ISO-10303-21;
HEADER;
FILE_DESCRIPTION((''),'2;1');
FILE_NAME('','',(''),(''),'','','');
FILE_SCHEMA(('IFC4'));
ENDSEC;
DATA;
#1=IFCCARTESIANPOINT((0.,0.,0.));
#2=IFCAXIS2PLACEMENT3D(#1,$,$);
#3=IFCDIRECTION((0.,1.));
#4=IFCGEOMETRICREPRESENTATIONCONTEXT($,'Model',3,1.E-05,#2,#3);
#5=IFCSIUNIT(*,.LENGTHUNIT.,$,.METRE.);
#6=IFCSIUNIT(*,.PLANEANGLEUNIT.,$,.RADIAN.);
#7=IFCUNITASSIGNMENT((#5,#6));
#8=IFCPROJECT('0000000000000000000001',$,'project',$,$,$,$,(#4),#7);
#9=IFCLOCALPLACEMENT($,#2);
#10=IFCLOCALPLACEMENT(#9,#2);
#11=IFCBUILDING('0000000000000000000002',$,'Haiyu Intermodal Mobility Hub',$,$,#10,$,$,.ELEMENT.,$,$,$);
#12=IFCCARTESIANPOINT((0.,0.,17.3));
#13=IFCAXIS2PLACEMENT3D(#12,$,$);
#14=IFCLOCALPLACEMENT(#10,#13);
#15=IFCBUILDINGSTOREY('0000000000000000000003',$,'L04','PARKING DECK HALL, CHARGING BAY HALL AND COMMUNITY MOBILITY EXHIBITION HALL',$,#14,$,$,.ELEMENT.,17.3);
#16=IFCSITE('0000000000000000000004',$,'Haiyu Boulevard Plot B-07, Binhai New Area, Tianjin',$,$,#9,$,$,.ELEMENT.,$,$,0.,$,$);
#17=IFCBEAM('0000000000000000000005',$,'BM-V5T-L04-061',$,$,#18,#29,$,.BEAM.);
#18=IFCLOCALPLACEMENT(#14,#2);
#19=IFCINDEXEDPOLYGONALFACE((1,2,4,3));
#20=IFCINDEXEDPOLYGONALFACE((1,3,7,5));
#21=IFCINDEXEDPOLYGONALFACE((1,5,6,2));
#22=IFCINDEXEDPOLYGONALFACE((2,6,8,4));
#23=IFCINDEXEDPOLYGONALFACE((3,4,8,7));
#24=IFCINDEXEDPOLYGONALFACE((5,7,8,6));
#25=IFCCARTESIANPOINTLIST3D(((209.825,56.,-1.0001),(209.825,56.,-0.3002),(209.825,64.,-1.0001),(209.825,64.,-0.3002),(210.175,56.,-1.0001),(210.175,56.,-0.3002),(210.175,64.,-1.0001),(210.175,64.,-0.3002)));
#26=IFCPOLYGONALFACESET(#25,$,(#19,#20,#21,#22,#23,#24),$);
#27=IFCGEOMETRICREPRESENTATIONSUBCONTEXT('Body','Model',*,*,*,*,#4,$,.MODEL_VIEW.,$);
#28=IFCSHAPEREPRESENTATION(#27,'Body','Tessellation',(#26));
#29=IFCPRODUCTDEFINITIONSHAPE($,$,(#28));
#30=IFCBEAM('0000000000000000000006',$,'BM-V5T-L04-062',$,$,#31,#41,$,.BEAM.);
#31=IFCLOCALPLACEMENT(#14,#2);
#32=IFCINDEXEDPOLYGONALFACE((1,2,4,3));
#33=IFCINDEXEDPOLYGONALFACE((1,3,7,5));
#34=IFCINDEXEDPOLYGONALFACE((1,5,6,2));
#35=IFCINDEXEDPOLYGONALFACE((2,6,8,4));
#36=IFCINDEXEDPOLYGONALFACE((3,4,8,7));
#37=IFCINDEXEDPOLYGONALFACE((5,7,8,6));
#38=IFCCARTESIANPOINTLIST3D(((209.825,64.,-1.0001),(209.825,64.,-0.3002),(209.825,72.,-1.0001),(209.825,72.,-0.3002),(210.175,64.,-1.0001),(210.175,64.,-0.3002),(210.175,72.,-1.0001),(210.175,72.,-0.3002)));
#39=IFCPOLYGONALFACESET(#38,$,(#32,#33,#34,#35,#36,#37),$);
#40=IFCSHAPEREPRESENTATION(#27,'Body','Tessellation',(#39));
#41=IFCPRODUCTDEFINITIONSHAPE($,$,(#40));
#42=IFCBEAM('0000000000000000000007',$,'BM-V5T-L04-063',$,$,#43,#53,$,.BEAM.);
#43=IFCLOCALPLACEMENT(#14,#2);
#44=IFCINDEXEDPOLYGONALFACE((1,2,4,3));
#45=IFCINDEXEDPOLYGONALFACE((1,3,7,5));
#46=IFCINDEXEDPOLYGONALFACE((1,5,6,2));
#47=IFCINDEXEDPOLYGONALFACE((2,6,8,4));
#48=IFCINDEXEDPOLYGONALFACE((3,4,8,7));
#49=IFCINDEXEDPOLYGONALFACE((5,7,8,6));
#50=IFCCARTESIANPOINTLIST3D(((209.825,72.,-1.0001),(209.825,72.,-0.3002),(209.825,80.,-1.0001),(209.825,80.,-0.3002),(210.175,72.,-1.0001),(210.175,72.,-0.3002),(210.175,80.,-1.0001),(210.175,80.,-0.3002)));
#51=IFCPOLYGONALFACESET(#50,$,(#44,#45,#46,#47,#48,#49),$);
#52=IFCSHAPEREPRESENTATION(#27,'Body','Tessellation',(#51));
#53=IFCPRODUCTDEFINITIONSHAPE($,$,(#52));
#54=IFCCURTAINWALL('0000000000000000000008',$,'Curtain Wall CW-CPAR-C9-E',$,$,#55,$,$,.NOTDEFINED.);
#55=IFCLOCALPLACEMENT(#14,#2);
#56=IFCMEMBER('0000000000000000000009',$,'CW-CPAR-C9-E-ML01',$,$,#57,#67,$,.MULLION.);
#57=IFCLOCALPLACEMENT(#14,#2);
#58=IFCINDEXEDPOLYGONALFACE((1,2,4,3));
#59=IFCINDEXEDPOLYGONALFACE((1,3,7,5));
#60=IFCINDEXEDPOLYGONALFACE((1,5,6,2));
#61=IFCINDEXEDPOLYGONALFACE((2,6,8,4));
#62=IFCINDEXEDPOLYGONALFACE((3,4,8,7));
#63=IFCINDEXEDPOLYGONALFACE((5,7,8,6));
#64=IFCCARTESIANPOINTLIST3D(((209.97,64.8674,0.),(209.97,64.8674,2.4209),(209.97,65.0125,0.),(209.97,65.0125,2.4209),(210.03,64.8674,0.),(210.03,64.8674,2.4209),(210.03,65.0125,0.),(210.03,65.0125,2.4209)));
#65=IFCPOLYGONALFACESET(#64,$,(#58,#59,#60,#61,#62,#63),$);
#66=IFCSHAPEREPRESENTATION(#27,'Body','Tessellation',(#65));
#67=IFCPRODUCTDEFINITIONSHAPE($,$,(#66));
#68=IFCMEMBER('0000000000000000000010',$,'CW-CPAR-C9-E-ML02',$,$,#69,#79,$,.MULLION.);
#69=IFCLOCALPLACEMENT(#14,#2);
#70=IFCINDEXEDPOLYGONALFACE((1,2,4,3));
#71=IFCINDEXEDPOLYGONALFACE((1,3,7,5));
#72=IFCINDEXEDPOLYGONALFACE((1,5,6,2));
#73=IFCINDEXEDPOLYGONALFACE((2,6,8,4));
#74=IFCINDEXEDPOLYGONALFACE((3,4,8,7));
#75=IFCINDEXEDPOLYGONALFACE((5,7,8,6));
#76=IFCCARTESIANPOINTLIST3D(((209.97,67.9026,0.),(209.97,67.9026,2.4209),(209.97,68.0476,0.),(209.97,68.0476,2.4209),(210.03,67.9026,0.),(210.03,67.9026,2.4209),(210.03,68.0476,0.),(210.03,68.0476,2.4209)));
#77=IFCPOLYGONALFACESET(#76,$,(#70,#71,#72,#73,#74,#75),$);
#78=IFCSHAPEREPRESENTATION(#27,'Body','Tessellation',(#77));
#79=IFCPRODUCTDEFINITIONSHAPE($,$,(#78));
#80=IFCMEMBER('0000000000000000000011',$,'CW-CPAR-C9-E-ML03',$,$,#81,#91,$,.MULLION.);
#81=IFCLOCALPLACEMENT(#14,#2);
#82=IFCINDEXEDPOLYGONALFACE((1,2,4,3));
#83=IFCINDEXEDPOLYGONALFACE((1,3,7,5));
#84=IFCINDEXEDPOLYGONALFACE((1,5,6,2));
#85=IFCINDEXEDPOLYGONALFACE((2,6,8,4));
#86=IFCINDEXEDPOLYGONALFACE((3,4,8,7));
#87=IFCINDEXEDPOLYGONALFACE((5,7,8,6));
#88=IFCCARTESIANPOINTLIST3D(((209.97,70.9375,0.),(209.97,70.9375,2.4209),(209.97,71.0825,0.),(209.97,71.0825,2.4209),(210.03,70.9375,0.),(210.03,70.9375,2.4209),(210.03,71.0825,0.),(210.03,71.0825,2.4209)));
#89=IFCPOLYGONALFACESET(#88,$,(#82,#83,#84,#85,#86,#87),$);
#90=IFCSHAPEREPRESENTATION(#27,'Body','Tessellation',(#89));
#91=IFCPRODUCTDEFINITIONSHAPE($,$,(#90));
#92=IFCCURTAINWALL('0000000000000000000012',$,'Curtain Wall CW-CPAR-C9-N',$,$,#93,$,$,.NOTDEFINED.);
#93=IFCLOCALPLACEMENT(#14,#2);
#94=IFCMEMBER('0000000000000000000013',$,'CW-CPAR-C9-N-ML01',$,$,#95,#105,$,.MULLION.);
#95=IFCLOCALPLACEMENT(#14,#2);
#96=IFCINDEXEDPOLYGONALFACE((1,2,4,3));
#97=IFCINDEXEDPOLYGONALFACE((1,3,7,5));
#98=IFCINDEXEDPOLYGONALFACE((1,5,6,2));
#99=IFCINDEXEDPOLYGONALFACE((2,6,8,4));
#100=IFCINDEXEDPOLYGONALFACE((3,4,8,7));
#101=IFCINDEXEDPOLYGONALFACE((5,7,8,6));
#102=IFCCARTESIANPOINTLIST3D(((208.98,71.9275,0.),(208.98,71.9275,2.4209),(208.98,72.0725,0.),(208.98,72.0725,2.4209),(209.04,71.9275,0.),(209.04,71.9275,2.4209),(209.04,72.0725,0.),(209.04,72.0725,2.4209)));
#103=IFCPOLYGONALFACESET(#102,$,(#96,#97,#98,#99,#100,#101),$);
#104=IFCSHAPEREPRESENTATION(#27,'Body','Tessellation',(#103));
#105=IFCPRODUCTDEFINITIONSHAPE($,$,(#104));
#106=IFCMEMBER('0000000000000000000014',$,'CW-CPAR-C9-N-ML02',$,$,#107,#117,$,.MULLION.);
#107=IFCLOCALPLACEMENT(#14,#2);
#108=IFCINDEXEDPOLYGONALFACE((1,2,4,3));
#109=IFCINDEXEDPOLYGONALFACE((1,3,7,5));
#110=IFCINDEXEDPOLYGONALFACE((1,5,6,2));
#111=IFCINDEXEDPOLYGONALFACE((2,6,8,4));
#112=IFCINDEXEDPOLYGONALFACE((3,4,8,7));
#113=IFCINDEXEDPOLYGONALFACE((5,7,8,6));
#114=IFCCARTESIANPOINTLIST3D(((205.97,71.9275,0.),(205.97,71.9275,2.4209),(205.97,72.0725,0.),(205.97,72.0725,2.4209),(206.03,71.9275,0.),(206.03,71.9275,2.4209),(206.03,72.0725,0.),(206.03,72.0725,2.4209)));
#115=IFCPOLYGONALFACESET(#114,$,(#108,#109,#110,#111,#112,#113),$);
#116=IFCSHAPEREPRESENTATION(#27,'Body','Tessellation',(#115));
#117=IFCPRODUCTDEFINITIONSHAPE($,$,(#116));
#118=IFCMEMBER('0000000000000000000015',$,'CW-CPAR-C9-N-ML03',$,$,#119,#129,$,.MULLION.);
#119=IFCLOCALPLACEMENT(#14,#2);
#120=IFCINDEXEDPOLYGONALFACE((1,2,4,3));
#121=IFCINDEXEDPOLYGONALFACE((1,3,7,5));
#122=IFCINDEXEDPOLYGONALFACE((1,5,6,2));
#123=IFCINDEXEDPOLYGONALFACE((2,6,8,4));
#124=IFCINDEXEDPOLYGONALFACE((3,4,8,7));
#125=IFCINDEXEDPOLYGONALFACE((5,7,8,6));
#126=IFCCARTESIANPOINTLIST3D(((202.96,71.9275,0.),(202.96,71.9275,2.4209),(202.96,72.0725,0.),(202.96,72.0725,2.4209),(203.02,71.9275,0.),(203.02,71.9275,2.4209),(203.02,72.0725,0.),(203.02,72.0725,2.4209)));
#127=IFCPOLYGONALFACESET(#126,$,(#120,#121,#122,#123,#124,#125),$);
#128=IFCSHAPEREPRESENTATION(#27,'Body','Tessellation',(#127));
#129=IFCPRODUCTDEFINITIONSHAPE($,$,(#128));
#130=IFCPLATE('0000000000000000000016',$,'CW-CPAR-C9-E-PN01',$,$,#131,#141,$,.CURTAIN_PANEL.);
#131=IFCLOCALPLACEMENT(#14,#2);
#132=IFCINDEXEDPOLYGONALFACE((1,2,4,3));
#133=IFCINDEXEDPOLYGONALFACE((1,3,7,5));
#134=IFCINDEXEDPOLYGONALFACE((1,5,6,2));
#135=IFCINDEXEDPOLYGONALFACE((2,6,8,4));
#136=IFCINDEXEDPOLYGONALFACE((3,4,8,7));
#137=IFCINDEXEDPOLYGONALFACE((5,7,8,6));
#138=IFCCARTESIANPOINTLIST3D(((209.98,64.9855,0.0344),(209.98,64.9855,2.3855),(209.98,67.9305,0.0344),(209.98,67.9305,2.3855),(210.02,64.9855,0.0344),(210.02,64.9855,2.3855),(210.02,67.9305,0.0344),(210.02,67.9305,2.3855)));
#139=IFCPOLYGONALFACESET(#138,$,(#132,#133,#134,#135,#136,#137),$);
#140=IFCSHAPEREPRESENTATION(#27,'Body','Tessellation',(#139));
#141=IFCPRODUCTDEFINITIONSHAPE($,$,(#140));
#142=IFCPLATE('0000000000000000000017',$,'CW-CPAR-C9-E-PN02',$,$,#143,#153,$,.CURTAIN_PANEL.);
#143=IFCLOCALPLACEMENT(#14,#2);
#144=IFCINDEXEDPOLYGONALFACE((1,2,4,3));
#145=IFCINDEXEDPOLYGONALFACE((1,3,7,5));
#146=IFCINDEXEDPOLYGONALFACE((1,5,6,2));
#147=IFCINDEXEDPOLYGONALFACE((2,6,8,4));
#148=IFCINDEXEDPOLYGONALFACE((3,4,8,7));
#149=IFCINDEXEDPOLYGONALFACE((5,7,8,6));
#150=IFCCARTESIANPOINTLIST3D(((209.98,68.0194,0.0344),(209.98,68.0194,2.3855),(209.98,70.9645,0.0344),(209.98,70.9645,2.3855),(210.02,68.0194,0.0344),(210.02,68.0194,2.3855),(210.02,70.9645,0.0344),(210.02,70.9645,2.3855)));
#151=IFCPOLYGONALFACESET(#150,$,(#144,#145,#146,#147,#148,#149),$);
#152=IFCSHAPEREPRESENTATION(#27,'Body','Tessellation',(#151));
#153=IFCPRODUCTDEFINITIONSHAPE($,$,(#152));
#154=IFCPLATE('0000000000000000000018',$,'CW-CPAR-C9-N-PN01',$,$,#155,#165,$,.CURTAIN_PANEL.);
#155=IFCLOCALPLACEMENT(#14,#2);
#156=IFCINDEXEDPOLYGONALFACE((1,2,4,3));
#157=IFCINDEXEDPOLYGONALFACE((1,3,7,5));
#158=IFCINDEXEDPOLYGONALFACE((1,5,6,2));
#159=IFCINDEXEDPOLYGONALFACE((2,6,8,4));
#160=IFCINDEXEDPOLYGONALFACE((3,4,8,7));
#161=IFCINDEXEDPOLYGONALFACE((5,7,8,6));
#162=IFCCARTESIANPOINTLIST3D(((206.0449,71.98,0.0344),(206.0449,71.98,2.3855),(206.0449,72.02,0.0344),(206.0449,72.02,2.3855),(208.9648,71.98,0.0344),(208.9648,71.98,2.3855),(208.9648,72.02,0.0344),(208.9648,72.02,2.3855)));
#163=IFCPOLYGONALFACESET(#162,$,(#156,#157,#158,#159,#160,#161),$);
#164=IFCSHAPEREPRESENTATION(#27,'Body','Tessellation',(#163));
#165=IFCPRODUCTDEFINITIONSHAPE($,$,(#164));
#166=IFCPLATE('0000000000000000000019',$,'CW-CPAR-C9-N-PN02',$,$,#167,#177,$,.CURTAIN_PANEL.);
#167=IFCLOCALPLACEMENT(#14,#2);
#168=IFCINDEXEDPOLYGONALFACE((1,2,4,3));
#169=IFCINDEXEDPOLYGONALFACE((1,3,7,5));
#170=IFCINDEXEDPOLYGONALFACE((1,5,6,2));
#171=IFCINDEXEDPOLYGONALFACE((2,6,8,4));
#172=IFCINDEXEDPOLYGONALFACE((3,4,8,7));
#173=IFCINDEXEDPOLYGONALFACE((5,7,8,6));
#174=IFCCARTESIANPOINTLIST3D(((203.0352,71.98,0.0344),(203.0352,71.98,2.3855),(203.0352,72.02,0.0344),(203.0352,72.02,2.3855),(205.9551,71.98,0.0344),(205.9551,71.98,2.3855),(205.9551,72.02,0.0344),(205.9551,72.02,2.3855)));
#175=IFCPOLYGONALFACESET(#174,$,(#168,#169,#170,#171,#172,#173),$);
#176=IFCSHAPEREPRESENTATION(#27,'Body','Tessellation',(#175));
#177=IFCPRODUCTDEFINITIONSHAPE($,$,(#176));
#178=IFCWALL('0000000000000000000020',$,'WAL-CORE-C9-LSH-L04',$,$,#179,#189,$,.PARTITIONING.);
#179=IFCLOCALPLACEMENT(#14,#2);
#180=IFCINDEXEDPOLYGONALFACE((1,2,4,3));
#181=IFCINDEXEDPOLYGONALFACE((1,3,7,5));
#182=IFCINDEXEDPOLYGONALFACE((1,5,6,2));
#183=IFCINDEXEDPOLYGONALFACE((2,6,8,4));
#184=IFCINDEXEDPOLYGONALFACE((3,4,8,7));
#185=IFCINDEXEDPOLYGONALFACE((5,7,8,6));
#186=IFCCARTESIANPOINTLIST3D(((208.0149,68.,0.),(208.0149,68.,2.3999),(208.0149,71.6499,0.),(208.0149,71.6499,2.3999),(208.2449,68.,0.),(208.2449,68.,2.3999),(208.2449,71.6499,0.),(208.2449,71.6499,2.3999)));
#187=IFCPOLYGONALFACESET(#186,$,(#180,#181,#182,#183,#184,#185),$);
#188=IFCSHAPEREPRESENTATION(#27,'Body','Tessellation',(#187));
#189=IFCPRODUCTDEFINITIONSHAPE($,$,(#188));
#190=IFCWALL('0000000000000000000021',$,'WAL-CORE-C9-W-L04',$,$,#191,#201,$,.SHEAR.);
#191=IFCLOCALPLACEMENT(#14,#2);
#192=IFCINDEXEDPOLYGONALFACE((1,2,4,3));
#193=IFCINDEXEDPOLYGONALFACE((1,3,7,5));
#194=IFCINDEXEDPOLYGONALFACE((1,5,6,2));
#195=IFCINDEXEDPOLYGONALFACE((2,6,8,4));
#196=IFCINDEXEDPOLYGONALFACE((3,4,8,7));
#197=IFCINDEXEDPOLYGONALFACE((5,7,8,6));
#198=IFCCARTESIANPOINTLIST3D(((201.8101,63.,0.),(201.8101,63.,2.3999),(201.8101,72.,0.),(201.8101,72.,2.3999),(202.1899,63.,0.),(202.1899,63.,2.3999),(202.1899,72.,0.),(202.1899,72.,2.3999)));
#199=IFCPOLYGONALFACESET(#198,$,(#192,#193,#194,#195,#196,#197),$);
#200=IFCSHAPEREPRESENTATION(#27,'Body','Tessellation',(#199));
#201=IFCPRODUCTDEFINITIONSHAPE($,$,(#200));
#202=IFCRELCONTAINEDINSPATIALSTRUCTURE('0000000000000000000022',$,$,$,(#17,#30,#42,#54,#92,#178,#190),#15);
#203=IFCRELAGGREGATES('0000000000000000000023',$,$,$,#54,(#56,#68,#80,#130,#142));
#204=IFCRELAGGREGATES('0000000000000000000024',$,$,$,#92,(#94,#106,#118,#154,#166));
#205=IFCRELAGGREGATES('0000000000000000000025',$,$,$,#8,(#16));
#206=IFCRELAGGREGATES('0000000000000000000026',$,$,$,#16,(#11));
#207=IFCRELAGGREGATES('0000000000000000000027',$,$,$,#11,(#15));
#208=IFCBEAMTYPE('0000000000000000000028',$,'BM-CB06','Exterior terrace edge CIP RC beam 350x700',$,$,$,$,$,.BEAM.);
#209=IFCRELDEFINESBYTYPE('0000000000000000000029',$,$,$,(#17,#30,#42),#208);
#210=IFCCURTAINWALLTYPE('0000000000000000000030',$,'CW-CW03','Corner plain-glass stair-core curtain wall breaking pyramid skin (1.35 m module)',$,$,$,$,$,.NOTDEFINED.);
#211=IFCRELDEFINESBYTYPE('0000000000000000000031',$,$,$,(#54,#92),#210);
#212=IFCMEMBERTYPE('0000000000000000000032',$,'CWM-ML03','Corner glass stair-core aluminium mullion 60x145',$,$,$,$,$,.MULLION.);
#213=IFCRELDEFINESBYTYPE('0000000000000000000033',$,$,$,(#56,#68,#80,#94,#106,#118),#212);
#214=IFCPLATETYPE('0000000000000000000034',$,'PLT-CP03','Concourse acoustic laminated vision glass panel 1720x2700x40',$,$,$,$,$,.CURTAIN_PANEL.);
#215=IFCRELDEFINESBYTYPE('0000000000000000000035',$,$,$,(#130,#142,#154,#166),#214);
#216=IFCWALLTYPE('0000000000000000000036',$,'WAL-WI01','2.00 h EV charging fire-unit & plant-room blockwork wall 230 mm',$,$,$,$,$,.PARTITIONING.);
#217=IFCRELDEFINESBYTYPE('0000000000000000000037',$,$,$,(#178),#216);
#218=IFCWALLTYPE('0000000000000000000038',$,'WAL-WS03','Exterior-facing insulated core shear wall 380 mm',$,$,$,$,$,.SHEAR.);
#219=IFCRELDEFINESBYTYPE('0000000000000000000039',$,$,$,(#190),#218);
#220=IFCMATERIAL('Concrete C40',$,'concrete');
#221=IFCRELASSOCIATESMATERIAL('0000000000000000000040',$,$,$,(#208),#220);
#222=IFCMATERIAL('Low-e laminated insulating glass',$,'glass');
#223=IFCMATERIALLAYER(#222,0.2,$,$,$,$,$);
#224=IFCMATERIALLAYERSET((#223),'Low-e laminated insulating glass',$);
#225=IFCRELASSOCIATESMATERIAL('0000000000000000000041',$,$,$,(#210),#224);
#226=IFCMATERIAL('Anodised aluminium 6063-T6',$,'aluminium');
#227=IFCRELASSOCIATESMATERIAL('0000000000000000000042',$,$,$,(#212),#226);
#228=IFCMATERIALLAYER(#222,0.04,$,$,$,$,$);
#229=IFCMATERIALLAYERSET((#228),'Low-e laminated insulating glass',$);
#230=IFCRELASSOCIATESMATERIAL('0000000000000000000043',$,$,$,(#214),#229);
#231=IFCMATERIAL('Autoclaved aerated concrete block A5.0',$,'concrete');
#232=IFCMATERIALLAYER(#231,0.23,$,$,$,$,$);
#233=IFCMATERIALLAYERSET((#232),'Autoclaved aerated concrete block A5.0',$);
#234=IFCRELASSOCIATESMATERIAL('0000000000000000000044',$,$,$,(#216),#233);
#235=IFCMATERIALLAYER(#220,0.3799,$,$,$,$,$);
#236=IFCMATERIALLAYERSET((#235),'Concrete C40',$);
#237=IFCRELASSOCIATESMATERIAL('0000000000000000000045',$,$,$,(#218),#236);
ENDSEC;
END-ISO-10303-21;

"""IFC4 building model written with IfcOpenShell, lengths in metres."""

from ifc_helpers import new_model, si_unit, direction, frame, frame_2d, origin, origin_2d, place, context, subcontext, project, spatial, rectangle, extrude, material, layer, layer_set, material_profile, profile_set, type_object, element, aggregate, save


model = new_model("IFC4")

# Units and contexts
model_context = context("Model", 3, precision=1e-05, world=origin(), true_north=direction((0.0, 1.0)))
body_context = subcontext(model_context, "Body", "Model", "MODEL_VIEW")
ifc_project = project(units=[si_unit("LENGTHUNIT", "METRE"), si_unit("PLANEANGLEUNIT", "RADIAN")], contexts=[model_context])

# Site, building, storey
site_placement = place(None, origin())
site = spatial("IfcSite", under=ifc_project, at=site_placement, Name="Haiyu Boulevard Plot B-07, Binhai New Area, Tianjin", CompositionType="ELEMENT", RefElevation=0.0)
building_placement = place(site_placement, origin())
building = spatial("IfcBuilding", under=site, at=building_placement, Name="Haiyu Intermodal Mobility Hub", CompositionType="ELEMENT")
storey_placement = place(building_placement, frame((0.0, 0.0, 17.3)))
storey = spatial("IfcBuildingStorey", under=building, at=storey_placement, Name="L04", Description="PARKING DECK HALL, CHARGING BAY HALL AND COMMUNITY MOBILITY EXHIBITION HALL", CompositionType="ELEMENT", Elevation=17.3)

# Beams
ifc_material_1 = material(Name="Concrete C40", Category="concrete")
ifc_material_profile_1 = material_profile(ifc_material_1, rectangle(XDim=0.3501, YDim=0.7, at=origin_2d()), Name="RCB350x700")
ifc_profile_set_1 = profile_set([ifc_material_profile_1], Name="Concrete C40")
beam_type = type_object("IfcBeamType", Name="BM-CB06", Description="Exterior terrace edge CIP RC beam 350x700", PredefinedType="BEAM", material=ifc_profile_set_1)
for number, where, z_axis, x_axis, name in (
    (1, (210.0, 56.0, -0.6501), (0.0, 1.0, 0.0), (-1.0, 0.0, 0.0), "BM-V5T-L04-061"),
    (2, (210.0, 64.0, -0.6501), (0.0, 1.0, 0.0), (-1.0, 0.0, 0.0), "BM-V5T-L04-062"),
    (3, (210.0, 72.0, -0.6501), (0.0, 1.0, 0.0), (-1.0, 0.0, 0.0), "BM-V5T-L04-063"),
):
    element("IfcBeam", number, at=place(storey_placement, frame(where, z_axis=z_axis, x_axis=x_axis)), inside=storey, type_object=beam_type, Name=name, PredefinedType="BEAM", context=body_context, shape_type="SweptSolid", body=[
        extrude(rectangle(XDim=0.3501, YDim=0.7, at=origin_2d()), origin(), (0.0, 0.0, 1.0), 8.0),
    ])

# Curtain walls, members
ifc_material_2 = material(Name="Low-e laminated insulating glass", Category="glass")
ifc_layer_1 = layer(ifc_material_2, 0.2)
ifc_layer_set_1 = layer_set([ifc_layer_1], Name="Low-e laminated insulating glass")
curtain_wall_type = type_object("IfcCurtainWallType", Name="CW-CW03", Description="Corner plain-glass stair-core curtain wall breaking pyramid skin (1.35 m module)", PredefinedType="NOTDEFINED", material=ifc_layer_set_1)
curtain_wall_1_placement = place(storey_placement, origin())
curtain_wall_1 = element("IfcCurtainWall", 4, at=curtain_wall_1_placement, inside=storey, type_object=curtain_wall_type, Name="Curtain Wall CW-CPAR-C9-E", PredefinedType="NOTDEFINED")
ifc_material_3 = material(Name="Anodised aluminium 6063-T6", Category="aluminium")
ifc_material_profile_2 = material_profile(ifc_material_3, rectangle(XDim=0.0601, YDim=0.145, at=origin_2d()), Name="ALU60x145")
ifc_profile_set_2 = profile_set([ifc_material_profile_2], Name="Anodised aluminium 6063-T6")
member_type = type_object("IfcMemberType", Name="CWM-ML03", Description="Corner glass stair-core aluminium mullion 60x145", PredefinedType="MULLION", material=ifc_profile_set_2)
member_1_placement = place(storey_placement, frame((210.0, 64.9399, 0.0), z_axis=(0.0, 0.0, 1.0), x_axis=(1.0, 0.0, 0.0)))
member_1 = element("IfcMember", 5, at=member_1_placement, type_object=member_type, Name="CW-CPAR-C9-E-ML01", PredefinedType="MULLION", context=body_context, shape_type="SweptSolid", body=[
    extrude(rectangle(XDim=0.0601, YDim=0.145, at=origin_2d()), origin(), (0.0, 0.0, 1.0), 2.4209),
])
member_2_placement = place(storey_placement, frame((210.0, 67.9751, 0.0), z_axis=(0.0, 0.0, 1.0), x_axis=(1.0, 0.0, 0.0)))
member_2 = element("IfcMember", 6, at=member_2_placement, type_object=member_type, Name="CW-CPAR-C9-E-ML02", PredefinedType="MULLION", context=body_context, shape_type="SweptSolid", body=[
    extrude(rectangle(XDim=0.0601, YDim=0.145, at=origin_2d()), origin(), (0.0, 0.0, 1.0), 2.4209),
])
member_3_placement = place(storey_placement, frame((210.0, 71.01, 0.0), z_axis=(0.0, 0.0, 1.0), x_axis=(1.0, 0.0, 0.0)))
member_3 = element("IfcMember", 7, at=member_3_placement, type_object=member_type, Name="CW-CPAR-C9-E-ML03", PredefinedType="MULLION", context=body_context, shape_type="SweptSolid", body=[
    extrude(rectangle(XDim=0.0601, YDim=0.145, at=origin_2d()), origin(), (0.0, 0.0, 1.0), 2.4209),
])
curtain_wall_2_placement = place(storey_placement, origin())
curtain_wall_2 = element("IfcCurtainWall", 8, at=curtain_wall_2_placement, inside=storey, type_object=curtain_wall_type, Name="Curtain Wall CW-CPAR-C9-N", PredefinedType="NOTDEFINED")
member_4_placement = place(storey_placement, frame((209.01, 72.0, 0.0), z_axis=(0.0, 0.0, 1.0), x_axis=(1.0, 0.0, 0.0)))
member_4 = element("IfcMember", 9, at=member_4_placement, type_object=member_type, Name="CW-CPAR-C9-N-ML01", PredefinedType="MULLION", context=body_context, shape_type="SweptSolid", body=[
    extrude(rectangle(XDim=0.0601, YDim=0.145, at=origin_2d()), origin(), (0.0, 0.0, 1.0), 2.4209),
])
member_5_placement = place(storey_placement, frame((206.0, 72.0, 0.0), z_axis=(0.0, 0.0, 1.0), x_axis=(1.0, 0.0, 0.0)))
member_5 = element("IfcMember", 10, at=member_5_placement, type_object=member_type, Name="CW-CPAR-C9-N-ML02", PredefinedType="MULLION", context=body_context, shape_type="SweptSolid", body=[
    extrude(rectangle(XDim=0.0601, YDim=0.145, at=origin_2d()), origin(), (0.0, 0.0, 1.0), 2.4209),
])
member_6_placement = place(storey_placement, frame((202.99, 72.0, 0.0), z_axis=(0.0, 0.0, 1.0), x_axis=(1.0, 0.0, 0.0)))
member_6 = element("IfcMember", 11, at=member_6_placement, type_object=member_type, Name="CW-CPAR-C9-N-ML03", PredefinedType="MULLION", context=body_context, shape_type="SweptSolid", body=[
    extrude(rectangle(XDim=0.0601, YDim=0.145, at=origin_2d()), origin(), (0.0, 0.0, 1.0), 2.4209),
])

# Plates
ifc_layer_2 = layer(ifc_material_2, 0.04)
ifc_layer_set_2 = layer_set([ifc_layer_2], Name="Low-e laminated insulating glass")
plate_type = type_object("IfcPlateType", Name="PLT-CP03", Description="Concourse acoustic laminated vision glass panel 1720x2700x40", PredefinedType="CURTAIN_PANEL", material=ifc_layer_set_2)
plate_1_placement = place(storey_placement, frame((210.0, 66.458, 0.0344), z_axis=(0.0, 0.0, 1.0), x_axis=(0.0, 1.0, 0.0)))
plate_1 = element("IfcPlate", 12, at=plate_1_placement, type_object=plate_type, Name="CW-CPAR-C9-E-PN01", PredefinedType="CURTAIN_PANEL", context=body_context, shape_type="SweptSolid", body=[
    extrude(rectangle(XDim=2.9451, YDim=0.04, at=origin_2d()), origin(), (0.0, 0.0, 1.0), 2.3511),
])
plate_2_placement = place(storey_placement, frame((210.0, 69.4919, 0.0344), z_axis=(0.0, 0.0, 1.0), x_axis=(0.0, 1.0, 0.0)))
plate_2 = element("IfcPlate", 13, at=plate_2_placement, type_object=plate_type, Name="CW-CPAR-C9-E-PN02", PredefinedType="CURTAIN_PANEL", context=body_context, shape_type="SweptSolid", body=[
    extrude(rectangle(XDim=2.9451, YDim=0.04, at=origin_2d()), origin(), (0.0, 0.0, 1.0), 2.3511),
])
aggregate(curtain_wall_1, [member_1, member_2, member_3, plate_1, plate_2])
plate_3_placement = place(storey_placement, frame((207.5049, 72.0, 0.0344), z_axis=(0.0, 0.0, 1.0), x_axis=(-1.0, 0.0, 0.0)))
plate_3 = element("IfcPlate", 14, at=plate_3_placement, type_object=plate_type, Name="CW-CPAR-C9-N-PN01", PredefinedType="CURTAIN_PANEL", context=body_context, shape_type="SweptSolid", body=[
    extrude(rectangle(XDim=2.9199, YDim=0.04, at=origin_2d()), origin(), (0.0, 0.0, 1.0), 2.3511),
])
plate_4_placement = place(storey_placement, frame((204.4951, 72.0, 0.0344), z_axis=(0.0, 0.0, 1.0), x_axis=(-1.0, 0.0, 0.0)))
plate_4 = element("IfcPlate", 15, at=plate_4_placement, type_object=plate_type, Name="CW-CPAR-C9-N-PN02", PredefinedType="CURTAIN_PANEL", context=body_context, shape_type="SweptSolid", body=[
    extrude(rectangle(XDim=2.9199, YDim=0.04, at=origin_2d()), origin(), (0.0, 0.0, 1.0), 2.3511),
])
aggregate(curtain_wall_2, [member_4, member_5, member_6, plate_3, plate_4])

# Wall
ifc_material_4 = material(Name="Autoclaved aerated concrete block A5.0", Category="concrete")
ifc_layer_3 = layer(ifc_material_4, 0.23)
ifc_layer_set_3 = layer_set([ifc_layer_3], Name="Autoclaved aerated concrete block A5.0")
wall_type_1 = type_object("IfcWallType", Name="WAL-WI01", Description="2.00 h EV charging fire-unit & plant-room blockwork wall 230 mm", PredefinedType="PARTITIONING", material=ifc_layer_set_3)
wall_1_placement = place(storey_placement, frame((208.1299, 68.0, 0.0), z_axis=(0.0, 0.0, 1.0), x_axis=(0.0, 1.0, 0.0)))
element("IfcWall", 16, at=wall_1_placement, inside=storey, type_object=wall_type_1, Name="WAL-CORE-C9-LSH-L04", PredefinedType="PARTITIONING", context=body_context, shape_type="SweptSolid", body=[
    extrude(rectangle(XDim=3.6499, YDim=0.23, at=frame_2d((1.825, 0.0))), origin(), (0.0, 0.0, 1.0), 2.3999),
])

# Wall
ifc_layer_4 = layer(ifc_material_1, 0.3799)
ifc_layer_set_4 = layer_set([ifc_layer_4], Name="Concrete C40")
wall_type_2 = type_object("IfcWallType", Name="WAL-WS03", Description="Exterior-facing insulated core shear wall 380 mm", PredefinedType="SHEAR", material=ifc_layer_set_4)
wall_2_placement = place(storey_placement, frame((202.0, 72.0, 0.0), z_axis=(0.0, 0.0, 1.0), x_axis=(0.0, -1.0, 0.0)))
element("IfcWall", 17, at=wall_2_placement, inside=storey, type_object=wall_type_2, Name="WAL-CORE-C9-W-L04", PredefinedType="SHEAR", context=body_context, shape_type="SweptSolid", body=[
    extrude(rectangle(XDim=9.0, YDim=0.3799, at=frame_2d((4.5, 0.0))), origin(), (0.0, 0.0, 1.0), 2.3999),
])

save(model, "model.ifc")
